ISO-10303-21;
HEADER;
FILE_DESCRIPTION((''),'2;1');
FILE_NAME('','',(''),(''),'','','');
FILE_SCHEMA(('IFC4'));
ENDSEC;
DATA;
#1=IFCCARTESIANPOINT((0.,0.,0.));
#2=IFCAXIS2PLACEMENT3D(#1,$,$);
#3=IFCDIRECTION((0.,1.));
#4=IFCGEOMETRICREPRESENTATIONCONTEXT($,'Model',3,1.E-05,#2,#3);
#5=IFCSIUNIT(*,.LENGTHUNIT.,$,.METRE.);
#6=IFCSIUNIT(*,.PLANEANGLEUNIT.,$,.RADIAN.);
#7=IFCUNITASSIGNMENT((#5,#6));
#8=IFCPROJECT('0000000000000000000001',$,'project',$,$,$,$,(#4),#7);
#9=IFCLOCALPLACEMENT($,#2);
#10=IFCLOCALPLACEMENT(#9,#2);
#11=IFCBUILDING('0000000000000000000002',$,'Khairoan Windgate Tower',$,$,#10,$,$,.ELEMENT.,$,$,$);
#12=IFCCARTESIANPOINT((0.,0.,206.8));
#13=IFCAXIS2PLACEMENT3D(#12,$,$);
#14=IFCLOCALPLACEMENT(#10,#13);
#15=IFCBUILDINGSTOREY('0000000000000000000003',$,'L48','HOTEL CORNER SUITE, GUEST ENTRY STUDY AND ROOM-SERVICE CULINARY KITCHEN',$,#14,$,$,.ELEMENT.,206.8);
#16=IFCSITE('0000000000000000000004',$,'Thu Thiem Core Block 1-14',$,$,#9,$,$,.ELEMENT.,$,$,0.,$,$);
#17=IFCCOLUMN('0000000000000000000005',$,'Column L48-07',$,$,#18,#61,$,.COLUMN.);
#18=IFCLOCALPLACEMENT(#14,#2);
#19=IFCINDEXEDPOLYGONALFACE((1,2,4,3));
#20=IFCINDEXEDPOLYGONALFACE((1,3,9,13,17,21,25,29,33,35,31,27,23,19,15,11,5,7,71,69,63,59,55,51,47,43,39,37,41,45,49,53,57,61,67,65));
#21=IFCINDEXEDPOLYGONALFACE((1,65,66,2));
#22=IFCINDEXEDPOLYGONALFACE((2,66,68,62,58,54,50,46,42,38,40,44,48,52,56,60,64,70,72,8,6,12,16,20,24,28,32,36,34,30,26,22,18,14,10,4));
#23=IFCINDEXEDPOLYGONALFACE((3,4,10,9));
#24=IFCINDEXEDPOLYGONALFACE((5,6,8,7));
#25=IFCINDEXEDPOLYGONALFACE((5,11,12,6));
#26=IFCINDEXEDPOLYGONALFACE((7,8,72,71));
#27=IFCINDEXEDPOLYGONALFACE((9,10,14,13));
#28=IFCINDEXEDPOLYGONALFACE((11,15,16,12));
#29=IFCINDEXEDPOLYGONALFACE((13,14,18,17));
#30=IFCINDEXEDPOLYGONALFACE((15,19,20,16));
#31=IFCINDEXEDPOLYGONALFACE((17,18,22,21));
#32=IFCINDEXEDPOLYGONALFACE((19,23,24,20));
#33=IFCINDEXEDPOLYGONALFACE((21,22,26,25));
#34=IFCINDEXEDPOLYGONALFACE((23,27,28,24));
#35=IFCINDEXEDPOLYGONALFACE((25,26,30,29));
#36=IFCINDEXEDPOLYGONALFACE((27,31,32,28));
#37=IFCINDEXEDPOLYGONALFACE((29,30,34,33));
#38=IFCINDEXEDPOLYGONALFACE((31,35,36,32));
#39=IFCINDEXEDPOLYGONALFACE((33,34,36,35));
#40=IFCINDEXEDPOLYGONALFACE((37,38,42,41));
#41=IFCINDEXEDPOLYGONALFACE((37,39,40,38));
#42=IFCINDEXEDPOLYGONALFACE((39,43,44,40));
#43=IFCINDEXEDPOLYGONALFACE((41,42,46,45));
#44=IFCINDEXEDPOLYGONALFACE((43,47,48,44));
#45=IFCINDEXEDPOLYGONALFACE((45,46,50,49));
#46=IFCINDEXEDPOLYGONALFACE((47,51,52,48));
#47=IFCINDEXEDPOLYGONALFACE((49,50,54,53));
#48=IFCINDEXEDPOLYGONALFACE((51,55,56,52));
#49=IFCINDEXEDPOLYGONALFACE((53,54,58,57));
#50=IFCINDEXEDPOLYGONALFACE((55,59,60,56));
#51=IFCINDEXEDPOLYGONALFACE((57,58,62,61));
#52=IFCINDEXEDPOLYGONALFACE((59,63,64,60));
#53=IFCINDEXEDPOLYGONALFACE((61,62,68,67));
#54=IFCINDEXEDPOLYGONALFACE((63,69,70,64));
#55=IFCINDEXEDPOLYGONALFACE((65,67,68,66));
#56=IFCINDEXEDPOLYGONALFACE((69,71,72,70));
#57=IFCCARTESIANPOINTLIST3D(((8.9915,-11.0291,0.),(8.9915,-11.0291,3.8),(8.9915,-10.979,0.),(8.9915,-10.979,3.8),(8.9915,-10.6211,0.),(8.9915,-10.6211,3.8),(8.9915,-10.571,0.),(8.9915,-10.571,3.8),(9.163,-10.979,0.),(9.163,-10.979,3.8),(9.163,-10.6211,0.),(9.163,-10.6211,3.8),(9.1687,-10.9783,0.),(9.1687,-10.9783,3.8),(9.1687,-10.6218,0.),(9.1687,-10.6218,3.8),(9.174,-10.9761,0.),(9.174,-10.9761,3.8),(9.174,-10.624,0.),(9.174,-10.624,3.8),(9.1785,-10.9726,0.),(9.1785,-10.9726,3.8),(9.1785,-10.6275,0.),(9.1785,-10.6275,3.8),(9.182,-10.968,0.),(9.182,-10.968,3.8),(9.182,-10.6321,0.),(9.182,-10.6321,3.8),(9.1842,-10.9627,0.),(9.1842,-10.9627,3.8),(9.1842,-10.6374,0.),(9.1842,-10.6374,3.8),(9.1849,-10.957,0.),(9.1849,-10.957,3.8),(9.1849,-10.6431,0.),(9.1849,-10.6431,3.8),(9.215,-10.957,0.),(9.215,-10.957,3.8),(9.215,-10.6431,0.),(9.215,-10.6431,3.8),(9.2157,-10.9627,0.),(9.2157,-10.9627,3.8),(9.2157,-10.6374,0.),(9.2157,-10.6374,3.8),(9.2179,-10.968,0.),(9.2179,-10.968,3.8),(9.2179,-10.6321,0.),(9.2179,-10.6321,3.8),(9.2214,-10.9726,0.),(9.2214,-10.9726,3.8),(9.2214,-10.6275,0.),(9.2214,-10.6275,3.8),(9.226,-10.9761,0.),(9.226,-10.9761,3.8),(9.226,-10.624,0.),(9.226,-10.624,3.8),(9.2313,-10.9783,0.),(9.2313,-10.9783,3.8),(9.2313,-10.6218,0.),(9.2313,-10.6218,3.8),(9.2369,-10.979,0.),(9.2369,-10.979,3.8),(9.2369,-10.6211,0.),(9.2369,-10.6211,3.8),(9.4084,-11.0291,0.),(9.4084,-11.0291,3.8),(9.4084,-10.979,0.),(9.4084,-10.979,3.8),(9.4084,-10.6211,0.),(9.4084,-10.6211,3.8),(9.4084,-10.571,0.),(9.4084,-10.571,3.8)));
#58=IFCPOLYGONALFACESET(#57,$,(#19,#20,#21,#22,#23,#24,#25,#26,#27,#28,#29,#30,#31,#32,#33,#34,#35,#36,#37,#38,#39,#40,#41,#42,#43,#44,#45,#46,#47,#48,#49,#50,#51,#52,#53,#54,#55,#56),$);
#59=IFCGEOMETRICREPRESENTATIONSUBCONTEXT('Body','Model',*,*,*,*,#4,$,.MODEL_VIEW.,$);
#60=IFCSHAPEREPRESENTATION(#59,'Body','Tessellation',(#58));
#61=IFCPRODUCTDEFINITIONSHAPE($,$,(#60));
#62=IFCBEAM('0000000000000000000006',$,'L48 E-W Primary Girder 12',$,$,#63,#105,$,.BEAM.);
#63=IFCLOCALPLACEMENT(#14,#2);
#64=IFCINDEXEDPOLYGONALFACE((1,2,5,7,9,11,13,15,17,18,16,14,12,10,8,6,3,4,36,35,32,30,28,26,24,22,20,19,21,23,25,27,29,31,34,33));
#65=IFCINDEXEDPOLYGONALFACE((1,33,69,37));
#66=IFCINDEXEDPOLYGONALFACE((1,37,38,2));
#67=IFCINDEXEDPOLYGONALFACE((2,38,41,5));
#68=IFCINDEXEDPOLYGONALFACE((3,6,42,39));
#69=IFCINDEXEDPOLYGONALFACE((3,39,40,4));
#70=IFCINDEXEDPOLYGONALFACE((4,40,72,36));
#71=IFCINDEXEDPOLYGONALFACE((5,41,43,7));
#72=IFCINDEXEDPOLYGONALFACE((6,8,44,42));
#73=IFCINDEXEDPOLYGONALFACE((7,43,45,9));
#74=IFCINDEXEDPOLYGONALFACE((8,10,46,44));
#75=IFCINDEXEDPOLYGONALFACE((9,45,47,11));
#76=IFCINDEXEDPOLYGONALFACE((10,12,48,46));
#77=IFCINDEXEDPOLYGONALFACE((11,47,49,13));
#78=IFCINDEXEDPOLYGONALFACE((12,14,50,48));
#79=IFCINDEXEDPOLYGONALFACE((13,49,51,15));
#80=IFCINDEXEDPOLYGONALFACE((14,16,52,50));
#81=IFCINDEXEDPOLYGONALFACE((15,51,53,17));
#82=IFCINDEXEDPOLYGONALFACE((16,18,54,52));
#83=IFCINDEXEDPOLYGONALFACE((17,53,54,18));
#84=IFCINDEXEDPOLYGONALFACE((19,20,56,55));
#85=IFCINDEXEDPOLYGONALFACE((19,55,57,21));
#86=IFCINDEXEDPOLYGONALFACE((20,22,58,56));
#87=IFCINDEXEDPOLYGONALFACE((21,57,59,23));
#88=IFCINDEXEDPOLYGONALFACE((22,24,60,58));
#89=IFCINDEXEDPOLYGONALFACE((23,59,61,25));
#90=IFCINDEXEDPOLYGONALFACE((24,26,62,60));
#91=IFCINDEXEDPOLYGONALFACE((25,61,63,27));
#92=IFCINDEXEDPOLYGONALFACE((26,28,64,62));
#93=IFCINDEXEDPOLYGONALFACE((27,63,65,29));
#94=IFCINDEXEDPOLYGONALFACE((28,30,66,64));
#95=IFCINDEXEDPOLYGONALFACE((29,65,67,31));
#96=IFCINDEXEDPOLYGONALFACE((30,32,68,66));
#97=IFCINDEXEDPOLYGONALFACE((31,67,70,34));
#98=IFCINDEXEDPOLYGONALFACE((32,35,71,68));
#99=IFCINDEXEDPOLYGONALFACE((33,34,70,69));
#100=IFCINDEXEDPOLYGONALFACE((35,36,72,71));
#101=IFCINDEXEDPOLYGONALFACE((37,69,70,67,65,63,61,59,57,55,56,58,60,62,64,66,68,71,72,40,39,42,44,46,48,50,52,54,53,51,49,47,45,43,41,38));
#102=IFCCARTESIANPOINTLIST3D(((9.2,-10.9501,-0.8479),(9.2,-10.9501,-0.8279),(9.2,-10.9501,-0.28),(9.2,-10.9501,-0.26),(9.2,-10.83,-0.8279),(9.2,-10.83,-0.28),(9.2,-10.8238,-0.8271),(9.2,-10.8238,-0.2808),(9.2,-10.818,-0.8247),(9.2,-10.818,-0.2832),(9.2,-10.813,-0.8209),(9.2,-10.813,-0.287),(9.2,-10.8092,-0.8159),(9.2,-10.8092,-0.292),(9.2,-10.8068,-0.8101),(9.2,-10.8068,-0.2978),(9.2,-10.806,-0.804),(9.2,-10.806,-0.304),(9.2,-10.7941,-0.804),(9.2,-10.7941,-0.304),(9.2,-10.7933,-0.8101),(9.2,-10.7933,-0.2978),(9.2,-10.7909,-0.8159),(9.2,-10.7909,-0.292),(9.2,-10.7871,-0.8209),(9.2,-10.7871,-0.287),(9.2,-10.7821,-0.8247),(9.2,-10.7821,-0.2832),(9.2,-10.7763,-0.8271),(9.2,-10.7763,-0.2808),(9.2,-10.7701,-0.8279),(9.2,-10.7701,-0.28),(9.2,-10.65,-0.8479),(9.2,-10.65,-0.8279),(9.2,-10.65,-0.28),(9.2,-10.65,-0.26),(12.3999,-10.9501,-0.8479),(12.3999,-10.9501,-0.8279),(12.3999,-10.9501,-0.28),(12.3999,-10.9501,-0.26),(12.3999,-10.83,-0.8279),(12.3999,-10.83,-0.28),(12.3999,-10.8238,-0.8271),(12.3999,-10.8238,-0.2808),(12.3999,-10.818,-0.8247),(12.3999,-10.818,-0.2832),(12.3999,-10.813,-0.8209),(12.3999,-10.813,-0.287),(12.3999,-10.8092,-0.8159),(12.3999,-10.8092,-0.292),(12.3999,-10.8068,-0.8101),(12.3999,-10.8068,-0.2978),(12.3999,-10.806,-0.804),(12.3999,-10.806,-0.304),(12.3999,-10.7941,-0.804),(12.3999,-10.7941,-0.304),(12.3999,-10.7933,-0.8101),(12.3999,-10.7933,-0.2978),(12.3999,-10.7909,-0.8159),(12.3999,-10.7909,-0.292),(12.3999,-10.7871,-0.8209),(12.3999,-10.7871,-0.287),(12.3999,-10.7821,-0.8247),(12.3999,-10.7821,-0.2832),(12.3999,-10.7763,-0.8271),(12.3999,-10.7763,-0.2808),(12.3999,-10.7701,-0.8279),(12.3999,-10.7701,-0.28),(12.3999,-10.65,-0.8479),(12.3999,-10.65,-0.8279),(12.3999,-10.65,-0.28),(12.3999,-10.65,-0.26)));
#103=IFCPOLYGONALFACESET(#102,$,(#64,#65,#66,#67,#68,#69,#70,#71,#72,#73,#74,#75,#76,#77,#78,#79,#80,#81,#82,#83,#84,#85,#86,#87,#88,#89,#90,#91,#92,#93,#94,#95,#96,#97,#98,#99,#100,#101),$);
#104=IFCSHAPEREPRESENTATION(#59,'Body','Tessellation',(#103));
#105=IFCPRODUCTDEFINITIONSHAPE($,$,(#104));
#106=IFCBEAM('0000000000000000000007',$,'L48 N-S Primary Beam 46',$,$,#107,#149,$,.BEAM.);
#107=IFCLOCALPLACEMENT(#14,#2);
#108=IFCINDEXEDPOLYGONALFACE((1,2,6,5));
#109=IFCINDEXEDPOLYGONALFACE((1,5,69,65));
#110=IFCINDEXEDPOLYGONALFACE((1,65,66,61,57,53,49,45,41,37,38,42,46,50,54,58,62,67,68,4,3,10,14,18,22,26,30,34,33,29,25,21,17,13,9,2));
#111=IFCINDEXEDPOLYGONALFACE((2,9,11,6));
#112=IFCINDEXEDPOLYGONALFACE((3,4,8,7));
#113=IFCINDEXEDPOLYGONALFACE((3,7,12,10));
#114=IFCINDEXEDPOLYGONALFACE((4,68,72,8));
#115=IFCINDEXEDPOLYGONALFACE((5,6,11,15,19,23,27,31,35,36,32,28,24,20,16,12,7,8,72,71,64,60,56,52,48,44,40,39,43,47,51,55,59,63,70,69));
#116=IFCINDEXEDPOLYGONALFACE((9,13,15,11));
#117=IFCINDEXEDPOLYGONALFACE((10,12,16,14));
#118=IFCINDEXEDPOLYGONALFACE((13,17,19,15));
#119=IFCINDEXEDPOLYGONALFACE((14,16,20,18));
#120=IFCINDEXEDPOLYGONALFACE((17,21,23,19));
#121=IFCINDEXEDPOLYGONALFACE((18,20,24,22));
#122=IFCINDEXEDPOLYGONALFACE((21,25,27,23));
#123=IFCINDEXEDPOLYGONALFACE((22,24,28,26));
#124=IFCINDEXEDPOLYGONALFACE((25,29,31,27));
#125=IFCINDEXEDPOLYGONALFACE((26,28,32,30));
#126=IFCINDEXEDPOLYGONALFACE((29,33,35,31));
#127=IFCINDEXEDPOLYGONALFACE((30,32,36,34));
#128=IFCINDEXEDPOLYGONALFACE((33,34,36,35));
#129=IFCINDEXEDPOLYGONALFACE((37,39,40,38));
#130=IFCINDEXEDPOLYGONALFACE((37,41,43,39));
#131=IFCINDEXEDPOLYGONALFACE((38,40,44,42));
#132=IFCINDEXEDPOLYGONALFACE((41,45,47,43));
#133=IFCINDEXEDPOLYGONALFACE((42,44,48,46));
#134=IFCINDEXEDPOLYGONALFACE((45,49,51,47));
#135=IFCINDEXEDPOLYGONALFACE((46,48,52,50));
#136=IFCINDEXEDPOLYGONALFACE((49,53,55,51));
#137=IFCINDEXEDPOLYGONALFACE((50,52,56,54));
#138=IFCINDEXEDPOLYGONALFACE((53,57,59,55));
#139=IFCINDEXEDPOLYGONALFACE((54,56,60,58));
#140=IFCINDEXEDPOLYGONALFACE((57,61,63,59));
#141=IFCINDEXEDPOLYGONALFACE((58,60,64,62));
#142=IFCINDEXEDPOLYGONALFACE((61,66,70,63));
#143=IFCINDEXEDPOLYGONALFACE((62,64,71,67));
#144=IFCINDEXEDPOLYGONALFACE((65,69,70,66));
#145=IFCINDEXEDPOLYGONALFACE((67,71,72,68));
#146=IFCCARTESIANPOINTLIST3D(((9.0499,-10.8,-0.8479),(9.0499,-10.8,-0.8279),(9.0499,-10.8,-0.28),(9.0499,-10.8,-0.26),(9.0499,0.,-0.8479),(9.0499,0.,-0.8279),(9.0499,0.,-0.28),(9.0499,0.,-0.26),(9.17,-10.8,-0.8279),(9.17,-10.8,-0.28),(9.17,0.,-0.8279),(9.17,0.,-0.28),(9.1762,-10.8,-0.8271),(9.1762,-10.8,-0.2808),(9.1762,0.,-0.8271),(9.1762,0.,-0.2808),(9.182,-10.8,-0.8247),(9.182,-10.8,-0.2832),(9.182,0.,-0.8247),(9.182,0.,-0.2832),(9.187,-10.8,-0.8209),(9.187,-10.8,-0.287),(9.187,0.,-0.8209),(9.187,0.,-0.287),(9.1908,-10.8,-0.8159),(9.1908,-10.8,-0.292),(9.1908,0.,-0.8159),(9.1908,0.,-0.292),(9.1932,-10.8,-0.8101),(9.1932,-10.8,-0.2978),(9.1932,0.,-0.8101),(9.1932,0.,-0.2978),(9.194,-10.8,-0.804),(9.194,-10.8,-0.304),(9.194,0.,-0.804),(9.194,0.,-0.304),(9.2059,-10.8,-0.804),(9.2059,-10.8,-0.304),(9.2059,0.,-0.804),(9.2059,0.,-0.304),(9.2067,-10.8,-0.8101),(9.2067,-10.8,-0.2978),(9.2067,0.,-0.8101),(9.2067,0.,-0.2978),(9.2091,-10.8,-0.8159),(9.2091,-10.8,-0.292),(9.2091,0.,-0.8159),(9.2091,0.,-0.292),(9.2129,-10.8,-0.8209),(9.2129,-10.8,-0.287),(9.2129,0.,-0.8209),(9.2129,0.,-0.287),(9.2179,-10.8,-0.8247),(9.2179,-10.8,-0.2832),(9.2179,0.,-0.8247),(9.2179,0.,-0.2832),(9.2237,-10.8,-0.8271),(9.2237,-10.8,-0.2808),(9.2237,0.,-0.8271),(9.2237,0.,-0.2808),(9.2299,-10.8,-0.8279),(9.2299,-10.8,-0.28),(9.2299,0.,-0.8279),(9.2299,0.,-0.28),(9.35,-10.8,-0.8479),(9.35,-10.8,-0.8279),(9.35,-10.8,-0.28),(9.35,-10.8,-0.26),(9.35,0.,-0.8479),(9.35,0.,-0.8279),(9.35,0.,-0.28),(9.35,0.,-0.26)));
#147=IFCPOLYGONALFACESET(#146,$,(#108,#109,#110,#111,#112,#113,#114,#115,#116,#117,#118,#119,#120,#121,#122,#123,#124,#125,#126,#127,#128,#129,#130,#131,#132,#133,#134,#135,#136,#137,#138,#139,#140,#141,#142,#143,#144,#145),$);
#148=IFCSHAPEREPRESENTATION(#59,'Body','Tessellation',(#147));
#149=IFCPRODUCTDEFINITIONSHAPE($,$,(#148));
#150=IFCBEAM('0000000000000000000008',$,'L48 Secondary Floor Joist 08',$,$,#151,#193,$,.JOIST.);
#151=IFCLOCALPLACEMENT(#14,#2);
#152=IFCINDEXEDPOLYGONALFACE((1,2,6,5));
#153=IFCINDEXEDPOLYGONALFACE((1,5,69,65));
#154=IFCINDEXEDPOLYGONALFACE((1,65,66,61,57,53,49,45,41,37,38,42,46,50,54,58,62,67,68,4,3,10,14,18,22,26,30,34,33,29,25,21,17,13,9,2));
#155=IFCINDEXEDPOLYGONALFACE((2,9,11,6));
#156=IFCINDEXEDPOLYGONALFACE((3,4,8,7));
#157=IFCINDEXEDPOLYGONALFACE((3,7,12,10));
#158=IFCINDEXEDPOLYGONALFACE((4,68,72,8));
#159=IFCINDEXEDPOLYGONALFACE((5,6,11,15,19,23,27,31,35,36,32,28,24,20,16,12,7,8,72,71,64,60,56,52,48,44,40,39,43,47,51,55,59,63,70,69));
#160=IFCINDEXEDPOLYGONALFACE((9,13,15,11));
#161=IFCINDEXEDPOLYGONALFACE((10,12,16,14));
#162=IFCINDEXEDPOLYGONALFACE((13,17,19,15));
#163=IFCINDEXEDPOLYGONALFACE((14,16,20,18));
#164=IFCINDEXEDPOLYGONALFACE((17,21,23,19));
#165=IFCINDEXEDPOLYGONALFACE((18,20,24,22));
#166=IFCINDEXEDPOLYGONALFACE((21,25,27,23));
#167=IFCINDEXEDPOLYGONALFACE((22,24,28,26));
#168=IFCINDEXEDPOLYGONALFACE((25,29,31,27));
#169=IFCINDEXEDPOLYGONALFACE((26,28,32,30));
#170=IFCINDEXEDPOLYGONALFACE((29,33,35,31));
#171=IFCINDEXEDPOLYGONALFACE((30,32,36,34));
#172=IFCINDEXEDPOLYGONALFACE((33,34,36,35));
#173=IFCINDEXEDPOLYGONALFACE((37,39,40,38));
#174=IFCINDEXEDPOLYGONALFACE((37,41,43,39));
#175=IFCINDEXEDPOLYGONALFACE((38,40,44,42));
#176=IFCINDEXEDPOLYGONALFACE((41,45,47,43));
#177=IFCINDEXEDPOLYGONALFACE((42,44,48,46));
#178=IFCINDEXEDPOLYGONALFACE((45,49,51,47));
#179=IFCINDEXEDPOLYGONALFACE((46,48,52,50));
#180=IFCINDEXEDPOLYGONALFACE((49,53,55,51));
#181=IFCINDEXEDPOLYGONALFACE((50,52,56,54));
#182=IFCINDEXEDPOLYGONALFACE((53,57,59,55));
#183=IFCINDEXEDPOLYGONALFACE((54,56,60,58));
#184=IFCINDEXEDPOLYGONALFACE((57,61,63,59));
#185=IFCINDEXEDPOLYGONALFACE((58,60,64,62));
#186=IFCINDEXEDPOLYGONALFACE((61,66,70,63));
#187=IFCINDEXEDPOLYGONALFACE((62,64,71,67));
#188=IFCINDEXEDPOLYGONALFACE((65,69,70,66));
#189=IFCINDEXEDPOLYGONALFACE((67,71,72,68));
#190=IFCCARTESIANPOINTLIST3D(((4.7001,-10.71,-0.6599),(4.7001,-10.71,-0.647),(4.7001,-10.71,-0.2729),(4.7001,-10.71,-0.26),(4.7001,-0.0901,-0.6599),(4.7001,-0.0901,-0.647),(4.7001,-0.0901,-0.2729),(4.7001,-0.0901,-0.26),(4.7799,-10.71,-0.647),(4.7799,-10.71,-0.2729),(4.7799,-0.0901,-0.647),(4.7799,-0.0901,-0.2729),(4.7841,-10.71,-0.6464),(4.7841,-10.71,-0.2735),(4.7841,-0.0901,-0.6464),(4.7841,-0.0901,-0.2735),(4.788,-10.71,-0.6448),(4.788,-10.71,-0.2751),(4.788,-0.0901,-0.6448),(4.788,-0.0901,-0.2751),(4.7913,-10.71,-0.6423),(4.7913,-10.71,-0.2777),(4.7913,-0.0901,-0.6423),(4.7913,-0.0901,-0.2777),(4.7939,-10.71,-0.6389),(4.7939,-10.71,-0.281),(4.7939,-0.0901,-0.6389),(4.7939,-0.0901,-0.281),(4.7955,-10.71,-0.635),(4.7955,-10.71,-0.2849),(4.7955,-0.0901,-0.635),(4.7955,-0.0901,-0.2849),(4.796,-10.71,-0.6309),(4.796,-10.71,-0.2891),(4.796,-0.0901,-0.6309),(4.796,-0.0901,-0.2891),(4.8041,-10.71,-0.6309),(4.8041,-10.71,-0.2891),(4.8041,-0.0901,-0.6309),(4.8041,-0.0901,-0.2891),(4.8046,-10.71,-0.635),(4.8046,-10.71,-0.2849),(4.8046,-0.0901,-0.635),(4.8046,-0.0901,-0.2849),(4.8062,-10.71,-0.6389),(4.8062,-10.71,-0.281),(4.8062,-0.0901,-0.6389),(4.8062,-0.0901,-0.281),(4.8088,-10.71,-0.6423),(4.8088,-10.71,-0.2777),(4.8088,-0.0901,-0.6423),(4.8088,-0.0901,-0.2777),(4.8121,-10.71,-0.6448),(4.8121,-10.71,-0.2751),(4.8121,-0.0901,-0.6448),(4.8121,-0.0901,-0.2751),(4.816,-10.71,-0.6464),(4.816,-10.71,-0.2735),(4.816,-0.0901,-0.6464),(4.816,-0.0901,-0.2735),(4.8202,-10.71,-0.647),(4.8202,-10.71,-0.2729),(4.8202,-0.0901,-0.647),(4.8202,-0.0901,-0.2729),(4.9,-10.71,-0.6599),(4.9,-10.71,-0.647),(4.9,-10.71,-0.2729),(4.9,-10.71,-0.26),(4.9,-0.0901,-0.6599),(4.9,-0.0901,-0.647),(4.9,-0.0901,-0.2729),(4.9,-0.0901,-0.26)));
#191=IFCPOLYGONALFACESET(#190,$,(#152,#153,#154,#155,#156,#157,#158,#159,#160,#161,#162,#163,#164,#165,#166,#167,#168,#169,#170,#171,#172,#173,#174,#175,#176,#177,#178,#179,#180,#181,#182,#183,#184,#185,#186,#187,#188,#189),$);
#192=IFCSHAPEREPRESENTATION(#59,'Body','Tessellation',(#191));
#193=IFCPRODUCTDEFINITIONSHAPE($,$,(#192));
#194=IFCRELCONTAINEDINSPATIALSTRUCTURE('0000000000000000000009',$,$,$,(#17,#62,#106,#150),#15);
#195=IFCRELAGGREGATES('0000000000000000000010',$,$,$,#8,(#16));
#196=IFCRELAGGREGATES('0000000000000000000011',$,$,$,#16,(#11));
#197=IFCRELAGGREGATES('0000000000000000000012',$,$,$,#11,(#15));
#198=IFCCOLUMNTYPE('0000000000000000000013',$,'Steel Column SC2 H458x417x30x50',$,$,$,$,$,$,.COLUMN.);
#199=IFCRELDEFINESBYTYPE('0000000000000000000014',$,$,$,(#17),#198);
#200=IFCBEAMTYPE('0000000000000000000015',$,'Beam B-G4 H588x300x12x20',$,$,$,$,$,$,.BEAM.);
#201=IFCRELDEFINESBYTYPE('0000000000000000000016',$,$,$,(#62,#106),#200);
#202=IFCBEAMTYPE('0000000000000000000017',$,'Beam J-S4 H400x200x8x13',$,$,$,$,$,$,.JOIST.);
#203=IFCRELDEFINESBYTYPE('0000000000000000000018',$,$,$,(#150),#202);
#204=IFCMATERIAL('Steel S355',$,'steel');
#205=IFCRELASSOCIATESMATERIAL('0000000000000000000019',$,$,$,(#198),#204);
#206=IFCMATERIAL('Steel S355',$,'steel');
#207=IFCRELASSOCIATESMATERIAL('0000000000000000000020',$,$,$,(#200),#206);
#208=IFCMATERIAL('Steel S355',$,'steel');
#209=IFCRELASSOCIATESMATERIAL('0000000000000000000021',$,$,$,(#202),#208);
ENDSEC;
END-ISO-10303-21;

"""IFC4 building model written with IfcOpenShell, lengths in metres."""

from ifc_helpers import new_model, si_unit, direction, frame, origin, origin_2d, place, context, subcontext, project, spatial, i_section, extrude, material, material_profile, profile_set, type_object, element, save


model = new_model("IFC4")

# Units and contexts
model_context = context("Model", 3, precision=1e-05, world=origin(), true_north=direction((0.0, 1.0)))
body_context = subcontext(model_context, "Body", "Model", "MODEL_VIEW")
ifc_project = project(units=[si_unit("LENGTHUNIT", "METRE"), si_unit("PLANEANGLEUNIT", "RADIAN")], contexts=[model_context])

# Site, building, storey
site_placement = place(None, origin())
site = spatial("IfcSite", under=ifc_project, at=site_placement, Name="Thu Thiem Core Block 1-14", CompositionType="ELEMENT", RefElevation=0.0)
building_placement = place(site_placement, origin())
building = spatial("IfcBuilding", under=site, at=building_placement, Name="Khairoan Windgate Tower", CompositionType="ELEMENT")
storey_placement = place(building_placement, frame((0.0, 0.0, 206.8)))
storey = spatial("IfcBuildingStorey", under=building, at=storey_placement, Name="L48", Description="HOTEL CORNER SUITE, GUEST ENTRY STUDY AND ROOM-SERVICE CULINARY KITCHEN", CompositionType="ELEMENT", Elevation=206.8)

# Column
ifc_material_1 = material(Name="Steel S355", Category="steel")
ifc_material_profile_1 = material_profile(ifc_material_1, i_section(OverallWidth=0.417, OverallDepth=0.458, WebThickness=0.03, FlangeThickness=0.05, FilletRadius=0.022, at=origin_2d()))
ifc_profile_set_1 = profile_set([ifc_material_profile_1], Name="Steel S355")
column_type = type_object("IfcColumnType", Name="Steel Column SC2 H458x417x30x50", PredefinedType="COLUMN", material=ifc_profile_set_1)
column_placement = place(storey_placement, frame((9.2, -10.8, 0.0), z_axis=(0.0, 0.0, 1.0), x_axis=(1.0, 0.0, 0.0)))
element("IfcColumn", 1, at=column_placement, inside=storey, type_object=column_type, Name="Column L48-07", PredefinedType="COLUMN", context=body_context, shape_type="SweptSolid", body=[
    extrude(i_section(OverallWidth=0.417, OverallDepth=0.458, WebThickness=0.03, FlangeThickness=0.05, FilletRadius=0.022, at=origin_2d()), origin(), (0.0, 0.0, 1.0), 3.8),
])

# Beams
ifc_material_2 = material(Name="Steel S355", Category="steel")
ifc_material_profile_2 = material_profile(ifc_material_2, i_section(OverallWidth=0.3, OverallDepth=0.5879, WebThickness=0.012, FlangeThickness=0.02, FilletRadius=0.0239, at=origin_2d()))
ifc_profile_set_2 = profile_set([ifc_material_profile_2], Name="Steel S355")
beam_type_1 = type_object("IfcBeamType", Name="Beam B-G4 H588x300x12x20", PredefinedType="BEAM", material=ifc_profile_set_2)
beam_1_placement = place(storey_placement, frame((9.2, -10.8, -0.554), z_axis=(1.0, 0.0, 0.0), x_axis=(0.0, 1.0, 0.0)))
element("IfcBeam", 2, at=beam_1_placement, inside=storey, type_object=beam_type_1, Name="L48 E-W Primary Girder 12", PredefinedType="BEAM", context=body_context, shape_type="SweptSolid", body=[
    extrude(i_section(OverallWidth=0.3, OverallDepth=0.5879, WebThickness=0.012, FlangeThickness=0.02, FilletRadius=0.0239, at=origin_2d()), origin(), (0.0, 0.0, 1.0), 3.2),
])
beam_2_placement = place(storey_placement, frame((9.2, -10.8, -0.554), z_axis=(0.0, 1.0, 0.0), x_axis=(-1.0, 0.0, 0.0)))
element("IfcBeam", 3, at=beam_2_placement, inside=storey, type_object=beam_type_1, Name="L48 N-S Primary Beam 46", PredefinedType="BEAM", context=body_context, shape_type="SweptSolid", body=[
    extrude(i_section(OverallWidth=0.3, OverallDepth=0.5879, WebThickness=0.012, FlangeThickness=0.02, FilletRadius=0.0239, at=origin_2d()), origin(), (0.0, 0.0, 1.0), 10.8),
])
ifc_material_3 = material(Name="Steel S355", Category="steel")
ifc_material_profile_3 = material_profile(ifc_material_3, i_section(OverallWidth=0.2, OverallDepth=0.3999, WebThickness=0.0081, FlangeThickness=0.0129, FilletRadius=0.0161, at=origin_2d()))
ifc_profile_set_3 = profile_set([ifc_material_profile_3], Name="Steel S355")
beam_type_2 = type_object("IfcBeamType", Name="Beam J-S4 H400x200x8x13", PredefinedType="JOIST", material=ifc_profile_set_3)
beam_3_placement = place(storey_placement, frame((4.8, -10.71, -0.46), z_axis=(0.0, 1.0, 0.0), x_axis=(-1.0, 0.0, 0.0)))
element("IfcBeam", 4, at=beam_3_placement, inside=storey, type_object=beam_type_2, Name="L48 Secondary Floor Joist 08", PredefinedType="JOIST", context=body_context, shape_type="SweptSolid", body=[
    extrude(i_section(OverallWidth=0.2, OverallDepth=0.3999, WebThickness=0.0081, FlangeThickness=0.0129, FilletRadius=0.0161, at=origin_2d()), origin(), (0.0, 0.0, 1.0), 10.6199),
])

save(model, "model.ifc")
